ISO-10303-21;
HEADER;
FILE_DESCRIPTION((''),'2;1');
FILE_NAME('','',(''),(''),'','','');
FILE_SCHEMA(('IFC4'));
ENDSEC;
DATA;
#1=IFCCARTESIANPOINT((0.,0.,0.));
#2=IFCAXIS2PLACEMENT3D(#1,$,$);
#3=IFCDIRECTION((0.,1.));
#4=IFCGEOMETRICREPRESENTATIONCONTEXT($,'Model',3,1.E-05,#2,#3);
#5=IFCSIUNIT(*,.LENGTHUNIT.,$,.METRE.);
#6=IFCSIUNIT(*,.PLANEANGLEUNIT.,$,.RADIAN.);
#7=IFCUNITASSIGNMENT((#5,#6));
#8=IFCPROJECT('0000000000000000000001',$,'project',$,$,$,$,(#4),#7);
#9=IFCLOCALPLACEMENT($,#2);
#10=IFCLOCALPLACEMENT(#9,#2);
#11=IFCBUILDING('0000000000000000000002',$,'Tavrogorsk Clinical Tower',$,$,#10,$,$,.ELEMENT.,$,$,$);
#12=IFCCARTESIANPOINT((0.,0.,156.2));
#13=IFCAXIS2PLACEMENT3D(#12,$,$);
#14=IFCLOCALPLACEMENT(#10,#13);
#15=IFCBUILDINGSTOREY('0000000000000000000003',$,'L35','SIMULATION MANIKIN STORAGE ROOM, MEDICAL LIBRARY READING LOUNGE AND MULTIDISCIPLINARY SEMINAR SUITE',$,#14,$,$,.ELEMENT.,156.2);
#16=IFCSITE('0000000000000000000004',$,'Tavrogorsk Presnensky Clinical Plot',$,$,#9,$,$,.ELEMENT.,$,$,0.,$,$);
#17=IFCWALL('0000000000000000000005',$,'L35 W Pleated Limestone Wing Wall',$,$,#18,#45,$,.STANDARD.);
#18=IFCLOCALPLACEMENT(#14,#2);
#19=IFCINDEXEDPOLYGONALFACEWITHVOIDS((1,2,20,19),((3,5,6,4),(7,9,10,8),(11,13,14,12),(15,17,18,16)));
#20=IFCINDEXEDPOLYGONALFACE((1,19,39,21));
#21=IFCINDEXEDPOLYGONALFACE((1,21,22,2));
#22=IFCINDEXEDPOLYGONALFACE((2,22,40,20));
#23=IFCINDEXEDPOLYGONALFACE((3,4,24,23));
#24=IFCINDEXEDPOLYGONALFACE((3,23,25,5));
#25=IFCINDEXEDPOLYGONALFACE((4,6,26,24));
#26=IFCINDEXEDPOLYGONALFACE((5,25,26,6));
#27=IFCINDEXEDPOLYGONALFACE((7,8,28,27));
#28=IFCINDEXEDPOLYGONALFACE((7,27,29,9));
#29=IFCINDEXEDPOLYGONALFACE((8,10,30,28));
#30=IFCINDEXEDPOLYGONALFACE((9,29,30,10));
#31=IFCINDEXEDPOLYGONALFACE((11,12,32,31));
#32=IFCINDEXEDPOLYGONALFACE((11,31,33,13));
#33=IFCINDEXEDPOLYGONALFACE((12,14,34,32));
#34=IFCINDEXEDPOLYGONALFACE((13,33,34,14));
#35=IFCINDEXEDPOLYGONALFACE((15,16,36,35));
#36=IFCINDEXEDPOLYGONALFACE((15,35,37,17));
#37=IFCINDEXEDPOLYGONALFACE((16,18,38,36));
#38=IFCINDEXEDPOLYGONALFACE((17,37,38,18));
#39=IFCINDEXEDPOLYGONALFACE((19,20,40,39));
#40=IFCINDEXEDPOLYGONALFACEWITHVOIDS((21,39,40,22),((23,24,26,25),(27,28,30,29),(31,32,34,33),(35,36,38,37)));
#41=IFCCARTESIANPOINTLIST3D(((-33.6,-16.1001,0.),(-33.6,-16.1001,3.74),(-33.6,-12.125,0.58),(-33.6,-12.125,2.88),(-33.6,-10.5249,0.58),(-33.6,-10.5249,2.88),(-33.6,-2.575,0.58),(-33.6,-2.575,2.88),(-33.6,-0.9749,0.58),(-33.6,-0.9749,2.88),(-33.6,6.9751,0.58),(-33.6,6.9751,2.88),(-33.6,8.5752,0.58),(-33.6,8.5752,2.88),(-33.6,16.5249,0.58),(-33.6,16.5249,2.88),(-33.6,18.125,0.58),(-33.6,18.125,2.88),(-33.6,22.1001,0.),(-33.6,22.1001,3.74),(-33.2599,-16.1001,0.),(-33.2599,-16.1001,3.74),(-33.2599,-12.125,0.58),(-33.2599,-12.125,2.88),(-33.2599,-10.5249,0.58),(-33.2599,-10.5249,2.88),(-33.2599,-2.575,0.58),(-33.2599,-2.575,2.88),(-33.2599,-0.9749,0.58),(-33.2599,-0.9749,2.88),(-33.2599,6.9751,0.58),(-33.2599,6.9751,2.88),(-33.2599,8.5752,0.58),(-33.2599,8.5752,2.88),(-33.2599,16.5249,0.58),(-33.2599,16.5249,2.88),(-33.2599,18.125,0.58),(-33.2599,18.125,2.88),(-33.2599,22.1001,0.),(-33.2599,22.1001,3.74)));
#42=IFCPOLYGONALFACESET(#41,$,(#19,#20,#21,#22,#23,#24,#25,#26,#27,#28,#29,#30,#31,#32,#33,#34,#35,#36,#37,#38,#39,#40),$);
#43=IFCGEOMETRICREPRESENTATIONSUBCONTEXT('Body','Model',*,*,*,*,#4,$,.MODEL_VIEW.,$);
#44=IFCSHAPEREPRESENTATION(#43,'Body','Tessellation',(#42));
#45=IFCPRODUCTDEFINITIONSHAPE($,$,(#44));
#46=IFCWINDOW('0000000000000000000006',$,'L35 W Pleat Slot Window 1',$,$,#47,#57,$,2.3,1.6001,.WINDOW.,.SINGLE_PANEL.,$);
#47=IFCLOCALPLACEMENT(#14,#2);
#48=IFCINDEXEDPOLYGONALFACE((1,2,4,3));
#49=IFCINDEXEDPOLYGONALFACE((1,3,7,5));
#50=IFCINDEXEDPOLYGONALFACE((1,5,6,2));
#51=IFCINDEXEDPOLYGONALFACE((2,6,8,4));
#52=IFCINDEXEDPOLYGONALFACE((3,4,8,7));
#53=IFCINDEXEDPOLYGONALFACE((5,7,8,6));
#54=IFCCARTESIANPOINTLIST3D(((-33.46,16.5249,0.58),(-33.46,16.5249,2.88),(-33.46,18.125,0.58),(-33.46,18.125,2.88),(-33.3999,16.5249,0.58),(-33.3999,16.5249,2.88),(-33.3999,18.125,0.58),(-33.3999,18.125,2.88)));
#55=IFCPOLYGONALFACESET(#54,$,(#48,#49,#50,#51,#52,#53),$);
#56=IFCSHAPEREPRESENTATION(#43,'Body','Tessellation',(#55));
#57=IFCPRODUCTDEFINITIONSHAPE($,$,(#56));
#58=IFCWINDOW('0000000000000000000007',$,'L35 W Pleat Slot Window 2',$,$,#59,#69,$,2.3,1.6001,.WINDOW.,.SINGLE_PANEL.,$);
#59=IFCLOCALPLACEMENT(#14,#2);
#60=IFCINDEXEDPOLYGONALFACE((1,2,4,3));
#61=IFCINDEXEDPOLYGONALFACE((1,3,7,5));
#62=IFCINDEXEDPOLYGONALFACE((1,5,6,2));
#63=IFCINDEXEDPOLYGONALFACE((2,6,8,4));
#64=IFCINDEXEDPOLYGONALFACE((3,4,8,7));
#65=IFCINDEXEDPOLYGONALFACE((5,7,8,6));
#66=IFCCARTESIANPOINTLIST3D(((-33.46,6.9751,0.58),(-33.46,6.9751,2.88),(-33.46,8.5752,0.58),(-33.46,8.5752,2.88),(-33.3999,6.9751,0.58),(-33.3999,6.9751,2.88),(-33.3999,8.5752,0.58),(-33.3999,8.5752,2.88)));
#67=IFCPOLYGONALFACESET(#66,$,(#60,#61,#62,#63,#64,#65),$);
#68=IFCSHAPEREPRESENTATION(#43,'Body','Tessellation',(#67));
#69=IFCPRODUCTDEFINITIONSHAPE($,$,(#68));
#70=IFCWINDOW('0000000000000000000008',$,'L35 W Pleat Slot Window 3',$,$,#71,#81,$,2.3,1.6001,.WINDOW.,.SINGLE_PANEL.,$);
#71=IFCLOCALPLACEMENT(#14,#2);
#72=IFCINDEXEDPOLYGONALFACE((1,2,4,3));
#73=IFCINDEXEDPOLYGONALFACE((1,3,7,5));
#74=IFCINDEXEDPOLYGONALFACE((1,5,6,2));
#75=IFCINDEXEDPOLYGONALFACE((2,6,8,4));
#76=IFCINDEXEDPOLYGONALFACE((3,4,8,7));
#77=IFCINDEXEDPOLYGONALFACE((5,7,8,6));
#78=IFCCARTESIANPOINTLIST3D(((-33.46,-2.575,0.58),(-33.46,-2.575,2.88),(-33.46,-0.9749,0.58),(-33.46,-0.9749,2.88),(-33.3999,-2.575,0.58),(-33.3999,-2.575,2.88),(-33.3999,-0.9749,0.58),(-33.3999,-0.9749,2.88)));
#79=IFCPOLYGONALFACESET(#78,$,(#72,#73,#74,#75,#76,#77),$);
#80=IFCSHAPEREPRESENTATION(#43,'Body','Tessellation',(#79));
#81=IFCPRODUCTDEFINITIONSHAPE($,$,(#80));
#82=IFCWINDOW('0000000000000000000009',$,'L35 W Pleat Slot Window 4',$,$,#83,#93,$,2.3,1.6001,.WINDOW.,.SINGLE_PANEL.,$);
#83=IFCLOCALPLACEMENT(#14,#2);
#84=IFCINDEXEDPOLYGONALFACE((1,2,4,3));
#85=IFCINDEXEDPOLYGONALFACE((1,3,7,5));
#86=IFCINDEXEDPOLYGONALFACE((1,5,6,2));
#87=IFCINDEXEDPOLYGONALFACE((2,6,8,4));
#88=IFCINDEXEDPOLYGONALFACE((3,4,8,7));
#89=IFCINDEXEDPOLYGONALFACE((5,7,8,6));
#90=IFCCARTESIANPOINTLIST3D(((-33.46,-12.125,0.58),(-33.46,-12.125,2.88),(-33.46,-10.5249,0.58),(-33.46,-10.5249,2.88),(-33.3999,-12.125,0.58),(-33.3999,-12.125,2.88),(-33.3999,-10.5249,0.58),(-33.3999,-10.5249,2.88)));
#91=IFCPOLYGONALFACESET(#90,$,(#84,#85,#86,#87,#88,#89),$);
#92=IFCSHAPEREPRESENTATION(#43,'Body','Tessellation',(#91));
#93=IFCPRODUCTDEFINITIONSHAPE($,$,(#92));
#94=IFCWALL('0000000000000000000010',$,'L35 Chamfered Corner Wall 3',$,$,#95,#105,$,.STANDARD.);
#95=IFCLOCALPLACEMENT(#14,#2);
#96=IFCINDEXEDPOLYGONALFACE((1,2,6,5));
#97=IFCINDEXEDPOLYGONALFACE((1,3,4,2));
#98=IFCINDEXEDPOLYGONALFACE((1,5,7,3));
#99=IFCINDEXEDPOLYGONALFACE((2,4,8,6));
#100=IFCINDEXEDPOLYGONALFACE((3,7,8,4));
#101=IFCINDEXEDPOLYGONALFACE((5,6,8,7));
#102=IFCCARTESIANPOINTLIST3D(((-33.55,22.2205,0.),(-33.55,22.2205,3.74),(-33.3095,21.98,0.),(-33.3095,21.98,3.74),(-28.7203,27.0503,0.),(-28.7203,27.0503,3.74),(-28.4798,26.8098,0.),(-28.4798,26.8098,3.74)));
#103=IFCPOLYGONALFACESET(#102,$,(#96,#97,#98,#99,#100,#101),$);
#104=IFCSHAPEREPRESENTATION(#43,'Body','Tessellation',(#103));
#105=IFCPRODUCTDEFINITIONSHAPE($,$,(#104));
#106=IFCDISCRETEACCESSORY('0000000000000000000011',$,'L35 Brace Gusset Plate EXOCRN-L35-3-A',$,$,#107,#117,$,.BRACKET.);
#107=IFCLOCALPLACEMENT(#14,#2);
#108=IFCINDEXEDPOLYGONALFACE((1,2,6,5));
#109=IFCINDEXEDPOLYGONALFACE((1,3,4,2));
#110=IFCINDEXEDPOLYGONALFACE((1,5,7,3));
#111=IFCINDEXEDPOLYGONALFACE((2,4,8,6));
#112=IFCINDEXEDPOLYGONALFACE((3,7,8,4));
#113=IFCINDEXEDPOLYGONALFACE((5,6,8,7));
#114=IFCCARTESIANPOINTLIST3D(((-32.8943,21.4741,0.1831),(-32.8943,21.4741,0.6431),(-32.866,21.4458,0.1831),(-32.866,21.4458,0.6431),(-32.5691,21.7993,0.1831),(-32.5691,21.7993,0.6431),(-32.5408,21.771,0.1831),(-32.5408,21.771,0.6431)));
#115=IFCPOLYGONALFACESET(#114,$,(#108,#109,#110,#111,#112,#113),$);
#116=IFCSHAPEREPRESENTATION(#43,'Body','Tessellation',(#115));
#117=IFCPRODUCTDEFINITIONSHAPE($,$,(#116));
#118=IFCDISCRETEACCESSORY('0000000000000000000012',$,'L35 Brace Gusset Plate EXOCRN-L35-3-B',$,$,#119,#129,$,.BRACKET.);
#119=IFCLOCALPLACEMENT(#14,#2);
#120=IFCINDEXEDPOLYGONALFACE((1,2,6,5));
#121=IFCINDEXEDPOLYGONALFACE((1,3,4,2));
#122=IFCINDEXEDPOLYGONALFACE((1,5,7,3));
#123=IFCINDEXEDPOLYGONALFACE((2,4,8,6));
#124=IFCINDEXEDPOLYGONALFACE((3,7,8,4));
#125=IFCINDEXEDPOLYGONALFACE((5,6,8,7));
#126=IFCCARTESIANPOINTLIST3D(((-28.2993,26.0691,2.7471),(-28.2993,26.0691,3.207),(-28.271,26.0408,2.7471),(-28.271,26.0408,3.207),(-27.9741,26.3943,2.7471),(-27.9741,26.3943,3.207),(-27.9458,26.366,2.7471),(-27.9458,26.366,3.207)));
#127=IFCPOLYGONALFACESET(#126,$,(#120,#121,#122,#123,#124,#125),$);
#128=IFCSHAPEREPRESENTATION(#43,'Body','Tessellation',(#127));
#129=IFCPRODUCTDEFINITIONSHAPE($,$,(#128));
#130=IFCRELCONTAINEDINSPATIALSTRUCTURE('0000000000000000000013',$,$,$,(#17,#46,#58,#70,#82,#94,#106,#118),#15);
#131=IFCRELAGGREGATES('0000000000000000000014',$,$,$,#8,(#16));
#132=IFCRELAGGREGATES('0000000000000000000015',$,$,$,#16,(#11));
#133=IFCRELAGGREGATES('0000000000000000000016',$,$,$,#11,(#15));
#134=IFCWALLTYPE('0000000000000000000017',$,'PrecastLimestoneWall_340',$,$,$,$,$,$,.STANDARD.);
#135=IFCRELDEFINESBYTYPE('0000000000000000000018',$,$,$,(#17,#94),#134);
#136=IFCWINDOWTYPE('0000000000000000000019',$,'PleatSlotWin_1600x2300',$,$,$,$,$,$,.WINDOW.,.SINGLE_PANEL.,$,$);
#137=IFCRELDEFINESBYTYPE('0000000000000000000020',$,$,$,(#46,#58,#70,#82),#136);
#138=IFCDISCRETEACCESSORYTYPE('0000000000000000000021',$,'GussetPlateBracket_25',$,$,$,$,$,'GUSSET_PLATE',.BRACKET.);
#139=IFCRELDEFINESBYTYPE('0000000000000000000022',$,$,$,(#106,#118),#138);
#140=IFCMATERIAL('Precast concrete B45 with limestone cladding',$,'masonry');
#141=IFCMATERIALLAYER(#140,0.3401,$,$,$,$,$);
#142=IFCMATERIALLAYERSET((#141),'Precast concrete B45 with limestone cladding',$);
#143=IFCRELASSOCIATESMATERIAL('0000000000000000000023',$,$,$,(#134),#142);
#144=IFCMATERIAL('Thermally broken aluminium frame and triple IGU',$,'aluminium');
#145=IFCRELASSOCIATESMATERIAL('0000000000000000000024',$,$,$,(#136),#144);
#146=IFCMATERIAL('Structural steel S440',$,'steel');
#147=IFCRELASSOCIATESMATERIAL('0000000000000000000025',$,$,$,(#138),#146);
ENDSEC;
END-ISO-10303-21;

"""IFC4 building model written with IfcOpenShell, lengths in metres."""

from ifc_helpers import new_model, si_unit, direction, frame, frame_2d, origin, origin_2d, place, context, subcontext, project, spatial, rectangle, extrude, material, layer, layer_set, type_object, element, fill, save


model = new_model("IFC4")

# Units and contexts
model_context = context("Model", 3, precision=1e-05, world=origin(), true_north=direction((0.0, 1.0)))
body_context = subcontext(model_context, "Body", "Model", "MODEL_VIEW")
ifc_project = project(units=[si_unit("LENGTHUNIT", "METRE"), si_unit("PLANEANGLEUNIT", "RADIAN")], contexts=[model_context])

# Site, building, storey
site_placement = place(None, origin())
site = spatial("IfcSite", under=ifc_project, at=site_placement, Name="Tavrogorsk Presnensky Clinical Plot", CompositionType="ELEMENT", RefElevation=0.0)
building_placement = place(site_placement, origin())
building = spatial("IfcBuilding", under=site, at=building_placement, Name="Tavrogorsk Clinical Tower", CompositionType="ELEMENT")
storey_placement = place(building_placement, frame((0.0, 0.0, 156.2)))
storey = spatial("IfcBuildingStorey", under=building, at=storey_placement, Name="L35", Description="SIMULATION MANIKIN STORAGE ROOM, MEDICAL LIBRARY READING LOUNGE AND MULTIDISCIPLINARY SEMINAR SUITE", CompositionType="ELEMENT", Elevation=156.2)

# Wall, openings, windows
ifc_material_1 = material(Name="Precast concrete B45 with limestone cladding", Category="masonry")
ifc_layer_1 = layer(ifc_material_1, 0.3401)
ifc_layer_set_1 = layer_set([ifc_layer_1], Name="Precast concrete B45 with limestone cladding")
wall_type_1 = type_object("IfcWallType", Name="PrecastLimestoneWall_340", PredefinedType="STANDARD", material=ifc_layer_set_1)
wall_1_placement = place(storey_placement, frame((-33.4299, 22.1001, 0.0), z_axis=(0.0, 0.0, 1.0), x_axis=(0.0, -1.0, 0.0)))
wall_1 = element("IfcWall", 1, at=wall_1_placement, inside=storey, type_object=wall_type_1, Name="L35 W Pleated Limestone Wing Wall", PredefinedType="STANDARD", context=body_context, shape_type="SweptSolid", body=[
    extrude(rectangle(XDim=38.2002, YDim=0.3401, at=frame_2d((19.1001, 0.0))), origin(), (0.0, 0.0, 1.0), 3.74),
])
opening_1_placement = place(wall_1_placement, frame((3.9751, 0.0, 0.5801)))
opening_1 = element("IfcOpeningElement", 2, at=opening_1_placement, cuts=wall_1, PredefinedType="OPENING", context=body_context, shape_type="SweptSolid", body=[
    extrude(rectangle(XDim=1.6001, YDim=2.3, at=frame_2d((0.8, 1.1499))), frame((0.0, 0.1799, 0.0), z_axis=(0.0, -1.0, 0.0), x_axis=(1.0, 0.0, 0.0)), (0.0, 0.0, 1.0), 0.3601),
])
opening_2_placement = place(wall_1_placement, frame((13.5249, 0.0, 0.5801)))
opening_2 = element("IfcOpeningElement", 3, at=opening_2_placement, cuts=wall_1, PredefinedType="OPENING", context=body_context, shape_type="SweptSolid", body=[
    extrude(rectangle(XDim=1.6001, YDim=2.3, at=frame_2d((0.8, 1.1499))), frame((0.0, 0.1799, 0.0), z_axis=(0.0, -1.0, 0.0), x_axis=(1.0, 0.0, 0.0)), (0.0, 0.0, 1.0), 0.3601),
])
opening_3_placement = place(wall_1_placement, frame((23.075, 0.0, 0.5801)))
opening_3 = element("IfcOpeningElement", 4, at=opening_3_placement, cuts=wall_1, PredefinedType="OPENING", context=body_context, shape_type="SweptSolid", body=[
    extrude(rectangle(XDim=1.6001, YDim=2.3, at=frame_2d((0.8, 1.1499))), frame((0.0, 0.1799, 0.0), z_axis=(0.0, -1.0, 0.0), x_axis=(1.0, 0.0, 0.0)), (0.0, 0.0, 1.0), 0.3601),
])
opening_4_placement = place(wall_1_placement, frame((32.625, 0.0, 0.5801)))
opening_4 = element("IfcOpeningElement", 5, at=opening_4_placement, cuts=wall_1, PredefinedType="OPENING", context=body_context, shape_type="SweptSolid", body=[
    extrude(rectangle(XDim=1.6001, YDim=2.3, at=frame_2d((0.8, 1.1499))), frame((0.0, 0.1799, 0.0), z_axis=(0.0, -1.0, 0.0), x_axis=(1.0, 0.0, 0.0)), (0.0, 0.0, 1.0), 0.3601),
])
ifc_material_2 = material(Name="Thermally broken aluminium frame and triple IGU", Category="aluminium")
window_type = type_object("IfcWindowType", Name="PleatSlotWin_1600x2300", PartitioningType="SINGLE_PANEL", PredefinedType="WINDOW", material=ifc_material_2)
window_1_placement = place(opening_1_placement, origin())
window_1 = element("IfcWindow", 6, at=window_1_placement, inside=storey, type_object=window_type, Name="L35 W Pleat Slot Window 1", OverallHeight=2.3, OverallWidth=1.6001, PartitioningType="SINGLE_PANEL", PredefinedType="WINDOW", context=body_context, shape_type="SweptSolid", body=[
    extrude(rectangle(XDim=1.6001, YDim=2.3, at=frame_2d((0.8, 1.1499))), frame((0.0, 0.03, 0.0), z_axis=(0.0, -1.0, 0.0), x_axis=(1.0, 0.0, 0.0)), (0.0, 0.0, 1.0), 0.0601),
])
fill(opening_1, window_1)
window_2_placement = place(opening_2_placement, origin())
window_2 = element("IfcWindow", 7, at=window_2_placement, inside=storey, type_object=window_type, Name="L35 W Pleat Slot Window 2", OverallHeight=2.3, OverallWidth=1.6001, PartitioningType="SINGLE_PANEL", PredefinedType="WINDOW", context=body_context, shape_type="SweptSolid", body=[
    extrude(rectangle(XDim=1.6001, YDim=2.3, at=frame_2d((0.8, 1.1499))), frame((0.0, 0.03, 0.0), z_axis=(0.0, -1.0, 0.0), x_axis=(1.0, 0.0, 0.0)), (0.0, 0.0, 1.0), 0.0601),
])
fill(opening_2, window_2)
window_3_placement = place(opening_3_placement, origin())
window_3 = element("IfcWindow", 8, at=window_3_placement, inside=storey, type_object=window_type, Name="L35 W Pleat Slot Window 3", OverallHeight=2.3, OverallWidth=1.6001, PartitioningType="SINGLE_PANEL", PredefinedType="WINDOW", context=body_context, shape_type="SweptSolid", body=[
    extrude(rectangle(XDim=1.6001, YDim=2.3, at=frame_2d((0.8, 1.1499))), frame((0.0, 0.03, 0.0), z_axis=(0.0, -1.0, 0.0), x_axis=(1.0, 0.0, 0.0)), (0.0, 0.0, 1.0), 0.0601),
])
fill(opening_3, window_3)
window_4_placement = place(opening_4_placement, origin())
window_4 = element("IfcWindow", 9, at=window_4_placement, inside=storey, type_object=window_type, Name="L35 W Pleat Slot Window 4", OverallHeight=2.3, OverallWidth=1.6001, PartitioningType="SINGLE_PANEL", PredefinedType="WINDOW", context=body_context, shape_type="SweptSolid", body=[
    extrude(rectangle(XDim=1.6001, YDim=2.3, at=frame_2d((0.8, 1.1499))), frame((0.0, 0.03, 0.0), z_axis=(0.0, -1.0, 0.0), x_axis=(1.0, 0.0, 0.0)), (0.0, 0.0, 1.0), 0.0601),
])
fill(opening_4, window_4)

# Wall
wall_2_placement = place(storey_placement, frame((-28.6001, 26.9299, 0.0), z_axis=(0.0, 0.0, 1.0), x_axis=(-0.707107, -0.707107, 0.0)))
element("IfcWall", 10, at=wall_2_placement, inside=storey, type_object=wall_type_1, Name="L35 Chamfered Corner Wall 3", PredefinedType="STANDARD", context=body_context, shape_type="SweptSolid", body=[
    extrude(rectangle(XDim=6.8303, YDim=0.3401, at=frame_2d((3.415, 0.0))), origin(), (0.0, 0.0, 1.0), 3.74),
])

# Discrete accessories
ifc_material_3 = material(Name="Structural steel S440", Category="steel")
discrete_accessory_type = type_object("IfcDiscreteAccessoryType", Name="GussetPlateBracket_25", ElementType="GUSSET_PLATE", PredefinedType="BRACKET", material=ifc_material_3)
for number, where, z_axis, x_axis, name in (
    (11, (-32.7175, 21.6226, 0.1831), (0.0, 0.0, 1.0), (0.707107, 0.707107, 0.0), "L35 Brace Gusset Plate EXOCRN-L35-3-A"),
    (12, (-28.1226, 26.2175, 2.7471), (0.0, 0.0, 1.0), (0.707107, 0.707107, 0.0), "L35 Brace Gusset Plate EXOCRN-L35-3-B"),
):
    element("IfcDiscreteAccessory", number, at=place(storey_placement, frame(where, z_axis=z_axis, x_axis=x_axis)), inside=storey, type_object=discrete_accessory_type, Name=name, PredefinedType="BRACKET", context=body_context, shape_type="SweptSolid", body=[
        extrude(rectangle(XDim=0.46, YDim=0.04, at=origin_2d()), origin(), (0.0, 0.0, 1.0), 0.46),
    ])

save(model, "model.ifc")
